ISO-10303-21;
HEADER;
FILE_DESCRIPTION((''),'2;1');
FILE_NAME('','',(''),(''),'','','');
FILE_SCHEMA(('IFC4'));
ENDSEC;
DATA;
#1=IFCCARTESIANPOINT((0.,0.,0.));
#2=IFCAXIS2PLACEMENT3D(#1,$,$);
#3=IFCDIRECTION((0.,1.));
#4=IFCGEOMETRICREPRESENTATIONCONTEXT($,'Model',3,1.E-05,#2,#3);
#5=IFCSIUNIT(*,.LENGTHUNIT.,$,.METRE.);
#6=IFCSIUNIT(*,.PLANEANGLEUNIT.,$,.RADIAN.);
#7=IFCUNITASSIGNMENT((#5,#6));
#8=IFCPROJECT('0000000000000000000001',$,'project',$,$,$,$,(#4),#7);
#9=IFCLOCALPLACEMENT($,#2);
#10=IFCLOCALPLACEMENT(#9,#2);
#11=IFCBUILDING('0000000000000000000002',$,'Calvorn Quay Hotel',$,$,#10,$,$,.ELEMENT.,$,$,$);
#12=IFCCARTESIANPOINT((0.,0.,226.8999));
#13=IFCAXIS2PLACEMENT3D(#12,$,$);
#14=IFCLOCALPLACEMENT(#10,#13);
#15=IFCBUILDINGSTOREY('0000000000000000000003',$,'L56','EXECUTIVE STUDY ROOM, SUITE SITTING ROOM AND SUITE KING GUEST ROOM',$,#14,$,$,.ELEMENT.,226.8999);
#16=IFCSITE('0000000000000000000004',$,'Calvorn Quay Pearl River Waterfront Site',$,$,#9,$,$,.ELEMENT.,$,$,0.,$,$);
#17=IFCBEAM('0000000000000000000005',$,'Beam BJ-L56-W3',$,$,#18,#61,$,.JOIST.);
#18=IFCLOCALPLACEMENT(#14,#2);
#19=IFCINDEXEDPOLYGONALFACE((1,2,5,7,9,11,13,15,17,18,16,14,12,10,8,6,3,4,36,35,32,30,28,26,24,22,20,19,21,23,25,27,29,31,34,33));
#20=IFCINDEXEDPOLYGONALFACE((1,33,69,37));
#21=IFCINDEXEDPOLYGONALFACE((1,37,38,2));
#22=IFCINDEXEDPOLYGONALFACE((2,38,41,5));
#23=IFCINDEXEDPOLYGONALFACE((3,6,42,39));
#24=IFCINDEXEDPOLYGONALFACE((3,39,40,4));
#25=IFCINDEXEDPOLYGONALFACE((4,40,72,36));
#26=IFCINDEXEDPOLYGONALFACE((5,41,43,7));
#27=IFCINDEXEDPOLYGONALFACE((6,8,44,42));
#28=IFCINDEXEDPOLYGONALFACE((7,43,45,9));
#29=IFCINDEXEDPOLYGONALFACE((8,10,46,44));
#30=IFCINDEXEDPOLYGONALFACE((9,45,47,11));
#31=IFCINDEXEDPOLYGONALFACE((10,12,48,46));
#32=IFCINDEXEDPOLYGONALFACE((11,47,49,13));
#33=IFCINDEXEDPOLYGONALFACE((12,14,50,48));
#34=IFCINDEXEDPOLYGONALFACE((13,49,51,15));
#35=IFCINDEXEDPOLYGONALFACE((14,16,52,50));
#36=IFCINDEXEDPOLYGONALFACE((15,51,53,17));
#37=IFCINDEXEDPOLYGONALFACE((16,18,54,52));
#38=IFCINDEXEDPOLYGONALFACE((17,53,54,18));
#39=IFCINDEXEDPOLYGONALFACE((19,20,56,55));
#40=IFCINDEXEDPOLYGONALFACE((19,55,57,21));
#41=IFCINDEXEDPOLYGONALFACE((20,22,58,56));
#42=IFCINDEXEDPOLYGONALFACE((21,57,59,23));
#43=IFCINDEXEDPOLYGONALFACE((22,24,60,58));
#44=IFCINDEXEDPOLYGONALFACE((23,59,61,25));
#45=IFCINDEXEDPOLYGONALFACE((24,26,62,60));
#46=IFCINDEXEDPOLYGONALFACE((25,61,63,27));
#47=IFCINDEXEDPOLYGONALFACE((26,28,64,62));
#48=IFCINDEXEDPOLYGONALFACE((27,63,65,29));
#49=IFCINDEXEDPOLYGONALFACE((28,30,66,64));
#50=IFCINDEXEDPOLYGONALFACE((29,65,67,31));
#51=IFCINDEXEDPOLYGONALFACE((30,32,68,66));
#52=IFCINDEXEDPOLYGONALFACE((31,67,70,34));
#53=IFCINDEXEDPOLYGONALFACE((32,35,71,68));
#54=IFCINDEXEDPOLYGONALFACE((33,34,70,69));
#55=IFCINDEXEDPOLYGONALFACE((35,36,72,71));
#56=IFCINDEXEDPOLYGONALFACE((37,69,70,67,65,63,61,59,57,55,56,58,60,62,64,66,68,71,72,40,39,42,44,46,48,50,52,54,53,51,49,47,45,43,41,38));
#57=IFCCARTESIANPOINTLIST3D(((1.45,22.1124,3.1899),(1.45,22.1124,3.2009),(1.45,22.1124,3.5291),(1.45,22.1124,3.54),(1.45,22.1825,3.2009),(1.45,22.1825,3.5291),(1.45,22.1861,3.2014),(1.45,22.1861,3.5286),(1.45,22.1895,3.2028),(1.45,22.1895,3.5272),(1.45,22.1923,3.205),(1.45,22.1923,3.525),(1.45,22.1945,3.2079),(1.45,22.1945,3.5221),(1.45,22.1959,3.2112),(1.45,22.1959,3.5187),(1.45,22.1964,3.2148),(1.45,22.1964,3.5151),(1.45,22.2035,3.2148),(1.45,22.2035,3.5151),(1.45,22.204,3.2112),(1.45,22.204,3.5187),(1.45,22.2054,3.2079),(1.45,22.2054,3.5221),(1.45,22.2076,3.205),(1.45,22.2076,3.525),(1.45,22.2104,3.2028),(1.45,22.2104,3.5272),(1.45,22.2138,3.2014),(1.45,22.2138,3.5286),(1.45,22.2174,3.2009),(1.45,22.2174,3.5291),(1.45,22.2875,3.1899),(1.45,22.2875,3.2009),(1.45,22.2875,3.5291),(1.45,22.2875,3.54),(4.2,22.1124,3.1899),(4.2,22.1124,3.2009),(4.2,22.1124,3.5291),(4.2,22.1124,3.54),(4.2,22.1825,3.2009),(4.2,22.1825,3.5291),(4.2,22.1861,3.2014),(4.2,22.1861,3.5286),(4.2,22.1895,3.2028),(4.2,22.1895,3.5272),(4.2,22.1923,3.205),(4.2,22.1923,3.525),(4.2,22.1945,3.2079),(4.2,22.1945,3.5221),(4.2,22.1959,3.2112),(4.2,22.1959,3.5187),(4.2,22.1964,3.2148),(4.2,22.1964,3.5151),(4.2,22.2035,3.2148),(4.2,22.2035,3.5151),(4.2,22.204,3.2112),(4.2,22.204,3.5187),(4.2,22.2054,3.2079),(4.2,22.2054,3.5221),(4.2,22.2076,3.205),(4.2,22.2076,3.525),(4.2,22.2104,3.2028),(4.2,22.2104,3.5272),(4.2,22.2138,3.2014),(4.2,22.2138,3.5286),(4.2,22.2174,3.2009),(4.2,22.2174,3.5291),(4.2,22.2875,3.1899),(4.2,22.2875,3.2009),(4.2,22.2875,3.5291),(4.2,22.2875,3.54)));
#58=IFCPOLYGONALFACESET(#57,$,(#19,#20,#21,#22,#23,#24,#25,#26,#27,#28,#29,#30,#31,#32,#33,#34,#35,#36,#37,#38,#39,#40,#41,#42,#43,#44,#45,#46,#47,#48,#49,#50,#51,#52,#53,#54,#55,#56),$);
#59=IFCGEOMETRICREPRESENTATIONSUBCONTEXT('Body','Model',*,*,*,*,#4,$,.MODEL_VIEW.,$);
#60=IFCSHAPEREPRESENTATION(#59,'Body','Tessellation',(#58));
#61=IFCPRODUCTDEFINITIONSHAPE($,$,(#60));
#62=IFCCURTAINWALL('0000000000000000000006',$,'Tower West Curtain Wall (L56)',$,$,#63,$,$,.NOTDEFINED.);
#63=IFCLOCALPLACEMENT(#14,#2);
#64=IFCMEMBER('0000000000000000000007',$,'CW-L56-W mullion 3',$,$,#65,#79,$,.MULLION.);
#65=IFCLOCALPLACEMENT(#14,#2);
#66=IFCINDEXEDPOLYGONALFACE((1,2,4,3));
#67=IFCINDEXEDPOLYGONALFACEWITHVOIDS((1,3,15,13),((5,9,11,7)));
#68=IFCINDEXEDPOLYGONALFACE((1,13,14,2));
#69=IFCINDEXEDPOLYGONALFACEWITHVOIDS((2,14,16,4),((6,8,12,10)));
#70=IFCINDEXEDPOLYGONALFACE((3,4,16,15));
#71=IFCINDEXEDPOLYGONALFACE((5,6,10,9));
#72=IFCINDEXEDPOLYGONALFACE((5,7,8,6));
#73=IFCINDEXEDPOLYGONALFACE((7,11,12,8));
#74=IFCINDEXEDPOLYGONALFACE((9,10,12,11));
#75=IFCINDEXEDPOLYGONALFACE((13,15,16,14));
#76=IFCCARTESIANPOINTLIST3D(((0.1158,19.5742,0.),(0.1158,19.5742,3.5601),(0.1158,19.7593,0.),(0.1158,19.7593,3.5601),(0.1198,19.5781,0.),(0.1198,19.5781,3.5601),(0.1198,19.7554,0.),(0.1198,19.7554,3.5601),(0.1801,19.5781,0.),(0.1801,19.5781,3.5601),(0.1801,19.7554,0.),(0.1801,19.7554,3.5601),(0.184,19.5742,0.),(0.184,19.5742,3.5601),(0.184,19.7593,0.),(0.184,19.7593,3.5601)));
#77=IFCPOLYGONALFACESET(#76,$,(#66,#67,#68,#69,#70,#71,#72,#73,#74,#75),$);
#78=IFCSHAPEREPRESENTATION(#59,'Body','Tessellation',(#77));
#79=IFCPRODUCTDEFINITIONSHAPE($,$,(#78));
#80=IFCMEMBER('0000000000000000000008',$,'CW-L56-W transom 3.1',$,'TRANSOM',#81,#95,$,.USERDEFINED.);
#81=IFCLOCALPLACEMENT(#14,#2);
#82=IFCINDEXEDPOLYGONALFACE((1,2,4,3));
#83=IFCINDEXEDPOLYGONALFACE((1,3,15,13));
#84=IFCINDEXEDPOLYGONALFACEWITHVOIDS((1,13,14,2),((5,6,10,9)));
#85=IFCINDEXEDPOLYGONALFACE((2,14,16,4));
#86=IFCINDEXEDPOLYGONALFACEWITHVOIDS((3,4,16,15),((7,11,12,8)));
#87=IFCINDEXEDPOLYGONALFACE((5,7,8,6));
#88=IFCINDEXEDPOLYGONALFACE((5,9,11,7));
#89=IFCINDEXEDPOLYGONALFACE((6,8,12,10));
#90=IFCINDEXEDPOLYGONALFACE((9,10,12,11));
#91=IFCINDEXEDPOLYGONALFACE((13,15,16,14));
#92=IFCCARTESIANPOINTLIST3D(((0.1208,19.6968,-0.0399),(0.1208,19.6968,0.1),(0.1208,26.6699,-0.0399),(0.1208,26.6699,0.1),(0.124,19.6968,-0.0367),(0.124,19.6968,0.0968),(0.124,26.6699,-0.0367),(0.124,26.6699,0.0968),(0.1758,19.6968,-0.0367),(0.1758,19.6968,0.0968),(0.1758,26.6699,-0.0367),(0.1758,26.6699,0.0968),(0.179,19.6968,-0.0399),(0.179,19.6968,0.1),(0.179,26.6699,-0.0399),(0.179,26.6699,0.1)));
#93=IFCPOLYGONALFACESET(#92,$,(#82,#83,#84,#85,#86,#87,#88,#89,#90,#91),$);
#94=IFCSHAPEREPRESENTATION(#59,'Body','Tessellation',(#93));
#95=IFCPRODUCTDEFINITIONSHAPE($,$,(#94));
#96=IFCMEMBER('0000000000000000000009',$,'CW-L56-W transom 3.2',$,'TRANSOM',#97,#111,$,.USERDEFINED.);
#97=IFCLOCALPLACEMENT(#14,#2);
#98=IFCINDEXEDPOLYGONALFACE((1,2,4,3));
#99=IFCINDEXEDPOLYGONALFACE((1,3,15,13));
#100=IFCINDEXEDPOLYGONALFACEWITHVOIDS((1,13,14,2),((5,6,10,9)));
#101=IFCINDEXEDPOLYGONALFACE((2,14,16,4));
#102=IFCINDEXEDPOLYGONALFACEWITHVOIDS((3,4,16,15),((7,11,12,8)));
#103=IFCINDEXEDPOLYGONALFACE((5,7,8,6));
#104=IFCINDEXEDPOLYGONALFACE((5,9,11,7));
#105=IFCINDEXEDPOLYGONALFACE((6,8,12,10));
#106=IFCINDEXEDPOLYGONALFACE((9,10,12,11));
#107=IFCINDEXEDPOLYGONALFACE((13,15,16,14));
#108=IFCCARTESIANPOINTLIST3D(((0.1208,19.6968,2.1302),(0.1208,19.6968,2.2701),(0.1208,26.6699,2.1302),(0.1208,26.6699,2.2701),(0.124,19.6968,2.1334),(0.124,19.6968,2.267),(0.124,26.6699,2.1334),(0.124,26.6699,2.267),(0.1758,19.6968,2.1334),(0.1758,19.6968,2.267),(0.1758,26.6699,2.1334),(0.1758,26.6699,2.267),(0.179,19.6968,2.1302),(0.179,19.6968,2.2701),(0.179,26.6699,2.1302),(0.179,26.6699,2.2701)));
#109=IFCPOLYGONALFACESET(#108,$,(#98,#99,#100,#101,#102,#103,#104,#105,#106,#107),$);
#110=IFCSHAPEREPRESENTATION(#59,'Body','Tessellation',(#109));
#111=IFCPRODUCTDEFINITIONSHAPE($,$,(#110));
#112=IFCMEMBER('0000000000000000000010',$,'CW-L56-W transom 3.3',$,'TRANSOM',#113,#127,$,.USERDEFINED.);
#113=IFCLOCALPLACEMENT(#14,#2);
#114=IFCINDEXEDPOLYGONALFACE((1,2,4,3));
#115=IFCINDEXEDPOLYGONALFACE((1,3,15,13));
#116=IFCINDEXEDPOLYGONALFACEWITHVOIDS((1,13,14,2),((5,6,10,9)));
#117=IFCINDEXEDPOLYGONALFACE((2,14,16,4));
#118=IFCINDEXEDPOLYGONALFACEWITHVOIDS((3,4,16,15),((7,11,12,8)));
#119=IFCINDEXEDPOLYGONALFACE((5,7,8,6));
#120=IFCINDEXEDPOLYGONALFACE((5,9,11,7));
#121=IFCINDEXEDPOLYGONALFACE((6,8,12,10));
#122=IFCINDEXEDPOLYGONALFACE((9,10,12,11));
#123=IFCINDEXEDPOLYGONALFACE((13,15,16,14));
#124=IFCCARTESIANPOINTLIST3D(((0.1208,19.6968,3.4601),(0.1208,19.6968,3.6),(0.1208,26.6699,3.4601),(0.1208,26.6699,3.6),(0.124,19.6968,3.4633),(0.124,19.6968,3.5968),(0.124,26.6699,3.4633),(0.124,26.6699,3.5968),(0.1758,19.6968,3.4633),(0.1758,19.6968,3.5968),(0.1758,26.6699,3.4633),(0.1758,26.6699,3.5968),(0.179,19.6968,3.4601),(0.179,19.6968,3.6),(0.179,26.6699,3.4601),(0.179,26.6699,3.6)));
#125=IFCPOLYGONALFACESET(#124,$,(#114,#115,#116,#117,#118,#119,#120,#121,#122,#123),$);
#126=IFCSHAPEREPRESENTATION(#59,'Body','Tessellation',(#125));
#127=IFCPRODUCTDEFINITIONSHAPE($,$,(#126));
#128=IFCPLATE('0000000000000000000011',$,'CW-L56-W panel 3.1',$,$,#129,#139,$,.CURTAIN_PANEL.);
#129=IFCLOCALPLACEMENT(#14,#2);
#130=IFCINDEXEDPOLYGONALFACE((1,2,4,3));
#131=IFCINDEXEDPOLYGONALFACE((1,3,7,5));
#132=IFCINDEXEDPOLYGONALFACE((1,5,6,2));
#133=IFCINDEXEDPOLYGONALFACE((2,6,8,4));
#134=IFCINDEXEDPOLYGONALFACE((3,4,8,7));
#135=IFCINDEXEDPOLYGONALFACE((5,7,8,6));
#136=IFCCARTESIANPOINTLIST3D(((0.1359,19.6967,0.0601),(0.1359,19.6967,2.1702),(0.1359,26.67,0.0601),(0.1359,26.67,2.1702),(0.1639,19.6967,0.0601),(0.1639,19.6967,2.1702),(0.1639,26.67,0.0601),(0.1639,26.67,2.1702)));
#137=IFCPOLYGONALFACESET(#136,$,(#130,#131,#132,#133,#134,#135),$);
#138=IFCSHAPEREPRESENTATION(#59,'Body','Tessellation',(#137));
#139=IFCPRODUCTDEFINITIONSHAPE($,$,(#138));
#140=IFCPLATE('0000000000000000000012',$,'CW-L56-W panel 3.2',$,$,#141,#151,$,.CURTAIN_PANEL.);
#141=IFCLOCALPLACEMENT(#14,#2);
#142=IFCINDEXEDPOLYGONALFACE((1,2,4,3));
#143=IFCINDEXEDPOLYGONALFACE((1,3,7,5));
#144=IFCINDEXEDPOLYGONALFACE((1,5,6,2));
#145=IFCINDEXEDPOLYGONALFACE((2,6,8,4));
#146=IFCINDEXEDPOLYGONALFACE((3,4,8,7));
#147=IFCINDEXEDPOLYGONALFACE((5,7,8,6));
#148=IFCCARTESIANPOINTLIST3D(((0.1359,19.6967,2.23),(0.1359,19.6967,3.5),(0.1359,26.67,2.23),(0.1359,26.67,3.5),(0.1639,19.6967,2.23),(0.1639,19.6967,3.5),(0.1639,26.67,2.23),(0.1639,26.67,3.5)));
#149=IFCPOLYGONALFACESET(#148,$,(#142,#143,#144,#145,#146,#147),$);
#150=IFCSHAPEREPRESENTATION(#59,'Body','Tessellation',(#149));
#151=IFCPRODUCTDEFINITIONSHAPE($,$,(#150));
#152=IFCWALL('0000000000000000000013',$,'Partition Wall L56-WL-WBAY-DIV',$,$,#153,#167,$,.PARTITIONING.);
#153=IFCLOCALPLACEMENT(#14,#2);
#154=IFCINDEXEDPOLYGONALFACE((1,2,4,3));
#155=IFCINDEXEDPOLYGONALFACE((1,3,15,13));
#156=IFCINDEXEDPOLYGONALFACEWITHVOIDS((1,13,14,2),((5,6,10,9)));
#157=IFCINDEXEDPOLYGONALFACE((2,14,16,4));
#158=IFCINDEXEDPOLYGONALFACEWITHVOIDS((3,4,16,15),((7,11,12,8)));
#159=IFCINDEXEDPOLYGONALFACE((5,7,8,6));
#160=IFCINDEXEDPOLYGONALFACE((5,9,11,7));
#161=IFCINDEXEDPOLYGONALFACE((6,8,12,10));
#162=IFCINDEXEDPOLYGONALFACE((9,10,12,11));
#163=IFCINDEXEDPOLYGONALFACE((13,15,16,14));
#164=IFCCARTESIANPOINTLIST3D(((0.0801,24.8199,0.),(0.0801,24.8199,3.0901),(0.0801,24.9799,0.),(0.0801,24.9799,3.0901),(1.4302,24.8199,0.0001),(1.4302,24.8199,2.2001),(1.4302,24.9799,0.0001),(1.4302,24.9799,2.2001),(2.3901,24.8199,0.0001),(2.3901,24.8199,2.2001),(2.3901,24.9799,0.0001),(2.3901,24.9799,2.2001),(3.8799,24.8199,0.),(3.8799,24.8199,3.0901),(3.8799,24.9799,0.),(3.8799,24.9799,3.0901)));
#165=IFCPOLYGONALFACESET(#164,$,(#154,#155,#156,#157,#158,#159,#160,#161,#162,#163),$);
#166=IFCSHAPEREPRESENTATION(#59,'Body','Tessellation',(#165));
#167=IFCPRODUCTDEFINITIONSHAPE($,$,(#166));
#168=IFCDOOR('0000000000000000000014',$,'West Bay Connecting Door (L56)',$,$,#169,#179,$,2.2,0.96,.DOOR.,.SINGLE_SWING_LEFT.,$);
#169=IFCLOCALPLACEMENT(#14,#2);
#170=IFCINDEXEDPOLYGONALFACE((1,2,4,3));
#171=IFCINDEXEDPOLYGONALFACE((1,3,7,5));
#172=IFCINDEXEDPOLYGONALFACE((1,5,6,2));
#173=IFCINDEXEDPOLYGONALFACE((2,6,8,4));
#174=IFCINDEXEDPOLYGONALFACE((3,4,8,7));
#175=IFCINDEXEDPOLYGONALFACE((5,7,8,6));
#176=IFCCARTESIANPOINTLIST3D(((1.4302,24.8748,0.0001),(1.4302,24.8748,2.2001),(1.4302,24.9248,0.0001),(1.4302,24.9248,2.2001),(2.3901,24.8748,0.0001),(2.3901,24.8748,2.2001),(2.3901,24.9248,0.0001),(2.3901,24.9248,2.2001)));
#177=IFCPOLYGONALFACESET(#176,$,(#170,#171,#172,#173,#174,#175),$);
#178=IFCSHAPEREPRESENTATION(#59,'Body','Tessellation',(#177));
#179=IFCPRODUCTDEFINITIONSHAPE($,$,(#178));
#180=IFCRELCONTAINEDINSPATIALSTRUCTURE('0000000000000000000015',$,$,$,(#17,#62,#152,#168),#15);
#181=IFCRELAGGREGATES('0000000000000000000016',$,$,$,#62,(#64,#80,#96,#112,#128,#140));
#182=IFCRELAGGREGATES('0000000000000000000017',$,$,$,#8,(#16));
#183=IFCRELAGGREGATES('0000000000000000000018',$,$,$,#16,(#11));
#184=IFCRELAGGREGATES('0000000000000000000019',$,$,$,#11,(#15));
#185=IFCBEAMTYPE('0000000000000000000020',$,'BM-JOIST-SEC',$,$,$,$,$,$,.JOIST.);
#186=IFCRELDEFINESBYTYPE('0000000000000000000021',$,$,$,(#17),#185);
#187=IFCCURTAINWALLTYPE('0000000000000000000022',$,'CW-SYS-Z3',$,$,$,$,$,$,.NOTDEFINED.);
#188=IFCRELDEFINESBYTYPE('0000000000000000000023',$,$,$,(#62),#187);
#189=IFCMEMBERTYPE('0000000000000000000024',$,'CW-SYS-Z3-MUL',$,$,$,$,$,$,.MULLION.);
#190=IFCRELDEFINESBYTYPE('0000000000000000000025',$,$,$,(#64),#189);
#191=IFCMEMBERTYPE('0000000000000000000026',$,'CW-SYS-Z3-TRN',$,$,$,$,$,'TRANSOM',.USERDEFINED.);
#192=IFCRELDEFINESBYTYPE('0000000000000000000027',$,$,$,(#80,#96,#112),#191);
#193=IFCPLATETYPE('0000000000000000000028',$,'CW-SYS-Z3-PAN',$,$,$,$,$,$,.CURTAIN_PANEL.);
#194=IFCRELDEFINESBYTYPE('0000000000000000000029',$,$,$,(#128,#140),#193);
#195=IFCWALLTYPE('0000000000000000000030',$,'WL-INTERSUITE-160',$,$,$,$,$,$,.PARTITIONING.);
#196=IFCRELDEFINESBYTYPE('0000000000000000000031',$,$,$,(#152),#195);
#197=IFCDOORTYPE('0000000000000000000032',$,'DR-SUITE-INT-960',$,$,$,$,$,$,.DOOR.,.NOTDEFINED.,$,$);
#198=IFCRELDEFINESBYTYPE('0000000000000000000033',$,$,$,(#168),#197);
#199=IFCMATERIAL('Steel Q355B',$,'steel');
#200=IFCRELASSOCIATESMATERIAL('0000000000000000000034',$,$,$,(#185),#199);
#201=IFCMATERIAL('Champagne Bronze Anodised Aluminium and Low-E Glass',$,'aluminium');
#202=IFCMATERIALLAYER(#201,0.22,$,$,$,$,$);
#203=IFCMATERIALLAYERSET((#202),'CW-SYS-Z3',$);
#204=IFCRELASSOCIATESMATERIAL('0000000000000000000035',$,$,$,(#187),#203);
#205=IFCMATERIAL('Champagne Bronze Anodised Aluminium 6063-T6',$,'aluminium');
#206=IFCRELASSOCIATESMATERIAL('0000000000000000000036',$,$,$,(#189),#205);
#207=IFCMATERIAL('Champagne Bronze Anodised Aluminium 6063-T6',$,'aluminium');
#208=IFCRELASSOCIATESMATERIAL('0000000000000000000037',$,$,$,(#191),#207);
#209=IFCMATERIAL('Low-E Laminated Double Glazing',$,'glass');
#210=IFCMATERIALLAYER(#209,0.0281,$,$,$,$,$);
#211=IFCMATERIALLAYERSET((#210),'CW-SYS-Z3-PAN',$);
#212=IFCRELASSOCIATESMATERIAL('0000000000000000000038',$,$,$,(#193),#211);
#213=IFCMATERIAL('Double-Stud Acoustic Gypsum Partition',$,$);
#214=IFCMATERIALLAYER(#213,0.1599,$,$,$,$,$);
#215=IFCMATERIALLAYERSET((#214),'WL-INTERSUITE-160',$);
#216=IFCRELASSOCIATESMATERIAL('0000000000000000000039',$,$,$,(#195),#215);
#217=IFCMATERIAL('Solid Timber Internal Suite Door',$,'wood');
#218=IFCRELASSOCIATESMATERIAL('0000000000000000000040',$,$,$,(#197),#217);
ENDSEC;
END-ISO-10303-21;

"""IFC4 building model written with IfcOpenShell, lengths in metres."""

from ifc_helpers import new_model, si_unit, direction, frame, frame_2d, origin, origin_2d, place, context, subcontext, project, spatial, rectangle, hollow_rectangle, i_section, extrude, material, layer, layer_set, material_profile, profile_set, type_object, element, fill, aggregate, save


model = new_model("IFC4")

# Units and contexts
model_context = context("Model", 3, precision=1e-05, world=origin(), true_north=direction((0.0, 1.0)))
body_context = subcontext(model_context, "Body", "Model", "MODEL_VIEW")
ifc_project = project(units=[si_unit("LENGTHUNIT", "METRE"), si_unit("PLANEANGLEUNIT", "RADIAN")], contexts=[model_context])

# Site, building, storey
site_placement = place(None, origin())
site = spatial("IfcSite", under=ifc_project, at=site_placement, Name="Calvorn Quay Pearl River Waterfront Site", CompositionType="ELEMENT", RefElevation=0.0)
building_placement = place(site_placement, origin())
building = spatial("IfcBuilding", under=site, at=building_placement, Name="Calvorn Quay Hotel", CompositionType="ELEMENT")
storey_placement = place(building_placement, frame((0.0, 0.0, 226.8999)))
storey = spatial("IfcBuildingStorey", under=building, at=storey_placement, Name="L56", Description="EXECUTIVE STUDY ROOM, SUITE SITTING ROOM AND SUITE KING GUEST ROOM", CompositionType="ELEMENT", Elevation=226.8999)

# Beam
ifc_material_1 = material(Name="Steel Q355B", Category="steel")
ifc_material_profile_1 = material_profile(ifc_material_1, i_section(OverallWidth=0.175, OverallDepth=0.3501, WebThickness=0.0071, FlangeThickness=0.011, FilletRadius=0.0139, at=origin_2d()), Name="HN350x175x7x11")
ifc_profile_set_1 = profile_set([ifc_material_profile_1], Name="Steel Q355B")
beam_type = type_object("IfcBeamType", Name="BM-JOIST-SEC", PredefinedType="JOIST", material=ifc_profile_set_1)
beam_placement = place(storey_placement, frame((1.45, 22.2, 3.365), z_axis=(1.0, 0.0, 0.0), x_axis=(0.0, 1.0, 0.0)))
element("IfcBeam", 1, at=beam_placement, inside=storey, type_object=beam_type, Name="Beam BJ-L56-W3", PredefinedType="JOIST", context=body_context, shape_type="SweptSolid", body=[
    extrude(i_section(OverallWidth=0.175, OverallDepth=0.3501, WebThickness=0.0071, FlangeThickness=0.011, FilletRadius=0.0139, at=origin_2d()), origin(), (0.0, 0.0, 1.0), 2.75),
])

# Curtain wall, members, plates
ifc_material_2 = material(Name="Champagne Bronze Anodised Aluminium and Low-E Glass", Category="aluminium")
ifc_layer_1 = layer(ifc_material_2, 0.22)
ifc_layer_set_1 = layer_set([ifc_layer_1], Name="CW-SYS-Z3")
curtain_wall_type = type_object("IfcCurtainWallType", Name="CW-SYS-Z3", PredefinedType="NOTDEFINED", material=ifc_layer_set_1)
curtain_wall_placement = place(storey_placement, origin())
curtain_wall = element("IfcCurtainWall", 2, at=curtain_wall_placement, inside=storey, type_object=curtain_wall_type, Name="Tower West Curtain Wall (L56)", PredefinedType="NOTDEFINED")
ifc_material_3 = material(Name="Champagne Bronze Anodised Aluminium 6063-T6", Category="aluminium")
ifc_material_profile_2 = material_profile(ifc_material_3, hollow_rectangle(XDim=0.0681, YDim=0.1851, WallThickness=0.0039, at=origin_2d()), Name="ALU-M185x68x4")
ifc_profile_set_2 = profile_set([ifc_material_profile_2], Name="Champagne Bronze Anodised Aluminium 6063-T6")
member_type_1 = type_object("IfcMemberType", Name="CW-SYS-Z3-MUL", PredefinedType="MULLION", material=ifc_profile_set_2)
member_1_placement = place(storey_placement, frame((0.1499, 19.6667, 0.0), z_axis=(0.0, 0.0, 1.0), x_axis=(-1.0, 0.0, 0.0)))
member_1 = element("IfcMember", 3, at=member_1_placement, type_object=member_type_1, Name="CW-L56-W mullion 3", PredefinedType="MULLION", context=body_context, shape_type="SweptSolid", body=[
    extrude(hollow_rectangle(XDim=0.0681, YDim=0.1851, WallThickness=0.0039, at=origin_2d()), origin(), (0.0, 0.0, 1.0), 3.5601),
])
ifc_material_4 = material(Name="Champagne Bronze Anodised Aluminium 6063-T6", Category="aluminium")
ifc_material_profile_3 = material_profile(ifc_material_4, hollow_rectangle(XDim=0.0581, YDim=0.1399, WallThickness=0.0032, at=origin_2d()), Name="ALU-T140x58x3.2")
ifc_profile_set_3 = profile_set([ifc_material_profile_3], Name="Champagne Bronze Anodised Aluminium 6063-T6")
member_type_2 = type_object("IfcMemberType", Name="CW-SYS-Z3-TRN", ElementType="TRANSOM", PredefinedType="USERDEFINED", material=ifc_profile_set_3)
member_2_placement = place(storey_placement, frame((0.1499, 19.6968, 0.03), z_axis=(0.0, 1.0, 0.0), x_axis=(-1.0, 0.0, 0.0)))
member_2 = element("IfcMember", 4, at=member_2_placement, type_object=member_type_2, Name="CW-L56-W transom 3.1", ObjectType="TRANSOM", PredefinedType="USERDEFINED", context=body_context, shape_type="SweptSolid", body=[
    extrude(hollow_rectangle(XDim=0.0581, YDim=0.1399, WallThickness=0.0032, at=origin_2d()), origin(), (0.0, 0.0, 1.0), 6.9731),
])
member_3_placement = place(storey_placement, frame((0.1499, 19.6968, 2.2002), z_axis=(0.0, 1.0, 0.0), x_axis=(-1.0, 0.0, 0.0)))
member_3 = element("IfcMember", 5, at=member_3_placement, type_object=member_type_2, Name="CW-L56-W transom 3.2", ObjectType="TRANSOM", PredefinedType="USERDEFINED", context=body_context, shape_type="SweptSolid", body=[
    extrude(hollow_rectangle(XDim=0.0581, YDim=0.1399, WallThickness=0.0032, at=origin_2d()), origin(), (0.0, 0.0, 1.0), 6.9731),
])
member_4_placement = place(storey_placement, frame((0.1499, 19.6968, 3.53), z_axis=(0.0, 1.0, 0.0), x_axis=(-1.0, 0.0, 0.0)))
member_4 = element("IfcMember", 6, at=member_4_placement, type_object=member_type_2, Name="CW-L56-W transom 3.3", ObjectType="TRANSOM", PredefinedType="USERDEFINED", context=body_context, shape_type="SweptSolid", body=[
    extrude(hollow_rectangle(XDim=0.0581, YDim=0.1399, WallThickness=0.0032, at=origin_2d()), origin(), (0.0, 0.0, 1.0), 6.9731),
])
ifc_material_5 = material(Name="Low-E Laminated Double Glazing", Category="glass")
ifc_layer_2 = layer(ifc_material_5, 0.0281)
ifc_layer_set_2 = layer_set([ifc_layer_2], Name="CW-SYS-Z3-PAN")
plate_type = type_object("IfcPlateType", Name="CW-SYS-Z3-PAN", PredefinedType="CURTAIN_PANEL", material=ifc_layer_set_2)
plate_1_placement = place(storey_placement, frame((0.1499, 23.1833, 0.0601), z_axis=(0.0, 0.0, 1.0), x_axis=(0.0, 1.0, 0.0)))
plate_1 = element("IfcPlate", 7, at=plate_1_placement, type_object=plate_type, Name="CW-L56-W panel 3.1", PredefinedType="CURTAIN_PANEL", context=body_context, shape_type="SweptSolid", body=[
    extrude(rectangle(XDim=6.9734, YDim=0.0281, at=origin_2d()), origin(), (0.0, 0.0, 1.0), 2.1101),
])
plate_2_placement = place(storey_placement, frame((0.1499, 23.1833, 2.23), z_axis=(0.0, 0.0, 1.0), x_axis=(0.0, 1.0, 0.0)))
plate_2 = element("IfcPlate", 8, at=plate_2_placement, type_object=plate_type, Name="CW-L56-W panel 3.2", PredefinedType="CURTAIN_PANEL", context=body_context, shape_type="SweptSolid", body=[
    extrude(rectangle(XDim=6.9734, YDim=0.0281, at=origin_2d()), origin(), (0.0, 0.0, 1.0), 1.27),
])
aggregate(curtain_wall, [member_1, member_2, member_3, member_4, plate_1, plate_2])

# Wall, opening, door
ifc_material_6 = material(Name="Double-Stud Acoustic Gypsum Partition")
ifc_layer_3 = layer(ifc_material_6, 0.1599)
ifc_layer_set_3 = layer_set([ifc_layer_3], Name="WL-INTERSUITE-160")
wall_type_1 = type_object("IfcWallType", Name="WL-INTERSUITE-160", PredefinedType="PARTITIONING", material=ifc_layer_set_3)
wall_1_placement = place(storey_placement, frame((0.0801, 24.8999, 0.0), z_axis=(0.0, 0.0, 1.0), x_axis=(1.0, 0.0, 0.0)))
wall_1 = element("IfcWall", 9, at=wall_1_placement, inside=storey, type_object=wall_type_1, Name="Partition Wall L56-WL-WBAY-DIV", PredefinedType="PARTITIONING", context=body_context, shape_type="SweptSolid", body=[
    extrude(rectangle(XDim=3.7998, YDim=0.1599, at=frame_2d((1.8999, 0.0))), origin(), (0.0, 0.0, 1.0), 3.0901),
])
opening_placement = place(wall_1_placement, frame((1.3501, 0.0, 0.0)))
opening = element("IfcOpeningElement", 10, at=opening_placement, cuts=wall_1, PredefinedType="OPENING", context=body_context, shape_type="SweptSolid", body=[
    extrude(rectangle(XDim=0.96, YDim=2.2, at=frame_2d((0.48, 1.1001))), frame((0.0, 0.0898, 0.0), z_axis=(0.0, -1.0, 0.0), x_axis=(1.0, 0.0, 0.0)), (0.0, 0.0, 1.0), 0.1799),
])
ifc_material_7 = material(Name="Solid Timber Internal Suite Door", Category="wood")
door_type = type_object("IfcDoorType", Name="DR-SUITE-INT-960", OperationType="NOTDEFINED", PredefinedType="DOOR", material=ifc_material_7)
door_placement = place(opening_placement, origin())
door = element("IfcDoor", 11, at=door_placement, inside=storey, type_object=door_type, Name="West Bay Connecting Door (L56)", OperationType="SINGLE_SWING_LEFT", OverallHeight=2.2, OverallWidth=0.96, PredefinedType="DOOR", context=body_context, shape_type="SweptSolid", body=[
    extrude(rectangle(XDim=0.96, YDim=2.2, at=frame_2d((0.48, 1.1001))), frame((0.0, 0.0249, 0.0), z_axis=(0.0, -1.0, 0.0), x_axis=(1.0, 0.0, 0.0)), (0.0, 0.0, 1.0), 0.05),
])
fill(opening, door)

save(model, "model.ifc")
